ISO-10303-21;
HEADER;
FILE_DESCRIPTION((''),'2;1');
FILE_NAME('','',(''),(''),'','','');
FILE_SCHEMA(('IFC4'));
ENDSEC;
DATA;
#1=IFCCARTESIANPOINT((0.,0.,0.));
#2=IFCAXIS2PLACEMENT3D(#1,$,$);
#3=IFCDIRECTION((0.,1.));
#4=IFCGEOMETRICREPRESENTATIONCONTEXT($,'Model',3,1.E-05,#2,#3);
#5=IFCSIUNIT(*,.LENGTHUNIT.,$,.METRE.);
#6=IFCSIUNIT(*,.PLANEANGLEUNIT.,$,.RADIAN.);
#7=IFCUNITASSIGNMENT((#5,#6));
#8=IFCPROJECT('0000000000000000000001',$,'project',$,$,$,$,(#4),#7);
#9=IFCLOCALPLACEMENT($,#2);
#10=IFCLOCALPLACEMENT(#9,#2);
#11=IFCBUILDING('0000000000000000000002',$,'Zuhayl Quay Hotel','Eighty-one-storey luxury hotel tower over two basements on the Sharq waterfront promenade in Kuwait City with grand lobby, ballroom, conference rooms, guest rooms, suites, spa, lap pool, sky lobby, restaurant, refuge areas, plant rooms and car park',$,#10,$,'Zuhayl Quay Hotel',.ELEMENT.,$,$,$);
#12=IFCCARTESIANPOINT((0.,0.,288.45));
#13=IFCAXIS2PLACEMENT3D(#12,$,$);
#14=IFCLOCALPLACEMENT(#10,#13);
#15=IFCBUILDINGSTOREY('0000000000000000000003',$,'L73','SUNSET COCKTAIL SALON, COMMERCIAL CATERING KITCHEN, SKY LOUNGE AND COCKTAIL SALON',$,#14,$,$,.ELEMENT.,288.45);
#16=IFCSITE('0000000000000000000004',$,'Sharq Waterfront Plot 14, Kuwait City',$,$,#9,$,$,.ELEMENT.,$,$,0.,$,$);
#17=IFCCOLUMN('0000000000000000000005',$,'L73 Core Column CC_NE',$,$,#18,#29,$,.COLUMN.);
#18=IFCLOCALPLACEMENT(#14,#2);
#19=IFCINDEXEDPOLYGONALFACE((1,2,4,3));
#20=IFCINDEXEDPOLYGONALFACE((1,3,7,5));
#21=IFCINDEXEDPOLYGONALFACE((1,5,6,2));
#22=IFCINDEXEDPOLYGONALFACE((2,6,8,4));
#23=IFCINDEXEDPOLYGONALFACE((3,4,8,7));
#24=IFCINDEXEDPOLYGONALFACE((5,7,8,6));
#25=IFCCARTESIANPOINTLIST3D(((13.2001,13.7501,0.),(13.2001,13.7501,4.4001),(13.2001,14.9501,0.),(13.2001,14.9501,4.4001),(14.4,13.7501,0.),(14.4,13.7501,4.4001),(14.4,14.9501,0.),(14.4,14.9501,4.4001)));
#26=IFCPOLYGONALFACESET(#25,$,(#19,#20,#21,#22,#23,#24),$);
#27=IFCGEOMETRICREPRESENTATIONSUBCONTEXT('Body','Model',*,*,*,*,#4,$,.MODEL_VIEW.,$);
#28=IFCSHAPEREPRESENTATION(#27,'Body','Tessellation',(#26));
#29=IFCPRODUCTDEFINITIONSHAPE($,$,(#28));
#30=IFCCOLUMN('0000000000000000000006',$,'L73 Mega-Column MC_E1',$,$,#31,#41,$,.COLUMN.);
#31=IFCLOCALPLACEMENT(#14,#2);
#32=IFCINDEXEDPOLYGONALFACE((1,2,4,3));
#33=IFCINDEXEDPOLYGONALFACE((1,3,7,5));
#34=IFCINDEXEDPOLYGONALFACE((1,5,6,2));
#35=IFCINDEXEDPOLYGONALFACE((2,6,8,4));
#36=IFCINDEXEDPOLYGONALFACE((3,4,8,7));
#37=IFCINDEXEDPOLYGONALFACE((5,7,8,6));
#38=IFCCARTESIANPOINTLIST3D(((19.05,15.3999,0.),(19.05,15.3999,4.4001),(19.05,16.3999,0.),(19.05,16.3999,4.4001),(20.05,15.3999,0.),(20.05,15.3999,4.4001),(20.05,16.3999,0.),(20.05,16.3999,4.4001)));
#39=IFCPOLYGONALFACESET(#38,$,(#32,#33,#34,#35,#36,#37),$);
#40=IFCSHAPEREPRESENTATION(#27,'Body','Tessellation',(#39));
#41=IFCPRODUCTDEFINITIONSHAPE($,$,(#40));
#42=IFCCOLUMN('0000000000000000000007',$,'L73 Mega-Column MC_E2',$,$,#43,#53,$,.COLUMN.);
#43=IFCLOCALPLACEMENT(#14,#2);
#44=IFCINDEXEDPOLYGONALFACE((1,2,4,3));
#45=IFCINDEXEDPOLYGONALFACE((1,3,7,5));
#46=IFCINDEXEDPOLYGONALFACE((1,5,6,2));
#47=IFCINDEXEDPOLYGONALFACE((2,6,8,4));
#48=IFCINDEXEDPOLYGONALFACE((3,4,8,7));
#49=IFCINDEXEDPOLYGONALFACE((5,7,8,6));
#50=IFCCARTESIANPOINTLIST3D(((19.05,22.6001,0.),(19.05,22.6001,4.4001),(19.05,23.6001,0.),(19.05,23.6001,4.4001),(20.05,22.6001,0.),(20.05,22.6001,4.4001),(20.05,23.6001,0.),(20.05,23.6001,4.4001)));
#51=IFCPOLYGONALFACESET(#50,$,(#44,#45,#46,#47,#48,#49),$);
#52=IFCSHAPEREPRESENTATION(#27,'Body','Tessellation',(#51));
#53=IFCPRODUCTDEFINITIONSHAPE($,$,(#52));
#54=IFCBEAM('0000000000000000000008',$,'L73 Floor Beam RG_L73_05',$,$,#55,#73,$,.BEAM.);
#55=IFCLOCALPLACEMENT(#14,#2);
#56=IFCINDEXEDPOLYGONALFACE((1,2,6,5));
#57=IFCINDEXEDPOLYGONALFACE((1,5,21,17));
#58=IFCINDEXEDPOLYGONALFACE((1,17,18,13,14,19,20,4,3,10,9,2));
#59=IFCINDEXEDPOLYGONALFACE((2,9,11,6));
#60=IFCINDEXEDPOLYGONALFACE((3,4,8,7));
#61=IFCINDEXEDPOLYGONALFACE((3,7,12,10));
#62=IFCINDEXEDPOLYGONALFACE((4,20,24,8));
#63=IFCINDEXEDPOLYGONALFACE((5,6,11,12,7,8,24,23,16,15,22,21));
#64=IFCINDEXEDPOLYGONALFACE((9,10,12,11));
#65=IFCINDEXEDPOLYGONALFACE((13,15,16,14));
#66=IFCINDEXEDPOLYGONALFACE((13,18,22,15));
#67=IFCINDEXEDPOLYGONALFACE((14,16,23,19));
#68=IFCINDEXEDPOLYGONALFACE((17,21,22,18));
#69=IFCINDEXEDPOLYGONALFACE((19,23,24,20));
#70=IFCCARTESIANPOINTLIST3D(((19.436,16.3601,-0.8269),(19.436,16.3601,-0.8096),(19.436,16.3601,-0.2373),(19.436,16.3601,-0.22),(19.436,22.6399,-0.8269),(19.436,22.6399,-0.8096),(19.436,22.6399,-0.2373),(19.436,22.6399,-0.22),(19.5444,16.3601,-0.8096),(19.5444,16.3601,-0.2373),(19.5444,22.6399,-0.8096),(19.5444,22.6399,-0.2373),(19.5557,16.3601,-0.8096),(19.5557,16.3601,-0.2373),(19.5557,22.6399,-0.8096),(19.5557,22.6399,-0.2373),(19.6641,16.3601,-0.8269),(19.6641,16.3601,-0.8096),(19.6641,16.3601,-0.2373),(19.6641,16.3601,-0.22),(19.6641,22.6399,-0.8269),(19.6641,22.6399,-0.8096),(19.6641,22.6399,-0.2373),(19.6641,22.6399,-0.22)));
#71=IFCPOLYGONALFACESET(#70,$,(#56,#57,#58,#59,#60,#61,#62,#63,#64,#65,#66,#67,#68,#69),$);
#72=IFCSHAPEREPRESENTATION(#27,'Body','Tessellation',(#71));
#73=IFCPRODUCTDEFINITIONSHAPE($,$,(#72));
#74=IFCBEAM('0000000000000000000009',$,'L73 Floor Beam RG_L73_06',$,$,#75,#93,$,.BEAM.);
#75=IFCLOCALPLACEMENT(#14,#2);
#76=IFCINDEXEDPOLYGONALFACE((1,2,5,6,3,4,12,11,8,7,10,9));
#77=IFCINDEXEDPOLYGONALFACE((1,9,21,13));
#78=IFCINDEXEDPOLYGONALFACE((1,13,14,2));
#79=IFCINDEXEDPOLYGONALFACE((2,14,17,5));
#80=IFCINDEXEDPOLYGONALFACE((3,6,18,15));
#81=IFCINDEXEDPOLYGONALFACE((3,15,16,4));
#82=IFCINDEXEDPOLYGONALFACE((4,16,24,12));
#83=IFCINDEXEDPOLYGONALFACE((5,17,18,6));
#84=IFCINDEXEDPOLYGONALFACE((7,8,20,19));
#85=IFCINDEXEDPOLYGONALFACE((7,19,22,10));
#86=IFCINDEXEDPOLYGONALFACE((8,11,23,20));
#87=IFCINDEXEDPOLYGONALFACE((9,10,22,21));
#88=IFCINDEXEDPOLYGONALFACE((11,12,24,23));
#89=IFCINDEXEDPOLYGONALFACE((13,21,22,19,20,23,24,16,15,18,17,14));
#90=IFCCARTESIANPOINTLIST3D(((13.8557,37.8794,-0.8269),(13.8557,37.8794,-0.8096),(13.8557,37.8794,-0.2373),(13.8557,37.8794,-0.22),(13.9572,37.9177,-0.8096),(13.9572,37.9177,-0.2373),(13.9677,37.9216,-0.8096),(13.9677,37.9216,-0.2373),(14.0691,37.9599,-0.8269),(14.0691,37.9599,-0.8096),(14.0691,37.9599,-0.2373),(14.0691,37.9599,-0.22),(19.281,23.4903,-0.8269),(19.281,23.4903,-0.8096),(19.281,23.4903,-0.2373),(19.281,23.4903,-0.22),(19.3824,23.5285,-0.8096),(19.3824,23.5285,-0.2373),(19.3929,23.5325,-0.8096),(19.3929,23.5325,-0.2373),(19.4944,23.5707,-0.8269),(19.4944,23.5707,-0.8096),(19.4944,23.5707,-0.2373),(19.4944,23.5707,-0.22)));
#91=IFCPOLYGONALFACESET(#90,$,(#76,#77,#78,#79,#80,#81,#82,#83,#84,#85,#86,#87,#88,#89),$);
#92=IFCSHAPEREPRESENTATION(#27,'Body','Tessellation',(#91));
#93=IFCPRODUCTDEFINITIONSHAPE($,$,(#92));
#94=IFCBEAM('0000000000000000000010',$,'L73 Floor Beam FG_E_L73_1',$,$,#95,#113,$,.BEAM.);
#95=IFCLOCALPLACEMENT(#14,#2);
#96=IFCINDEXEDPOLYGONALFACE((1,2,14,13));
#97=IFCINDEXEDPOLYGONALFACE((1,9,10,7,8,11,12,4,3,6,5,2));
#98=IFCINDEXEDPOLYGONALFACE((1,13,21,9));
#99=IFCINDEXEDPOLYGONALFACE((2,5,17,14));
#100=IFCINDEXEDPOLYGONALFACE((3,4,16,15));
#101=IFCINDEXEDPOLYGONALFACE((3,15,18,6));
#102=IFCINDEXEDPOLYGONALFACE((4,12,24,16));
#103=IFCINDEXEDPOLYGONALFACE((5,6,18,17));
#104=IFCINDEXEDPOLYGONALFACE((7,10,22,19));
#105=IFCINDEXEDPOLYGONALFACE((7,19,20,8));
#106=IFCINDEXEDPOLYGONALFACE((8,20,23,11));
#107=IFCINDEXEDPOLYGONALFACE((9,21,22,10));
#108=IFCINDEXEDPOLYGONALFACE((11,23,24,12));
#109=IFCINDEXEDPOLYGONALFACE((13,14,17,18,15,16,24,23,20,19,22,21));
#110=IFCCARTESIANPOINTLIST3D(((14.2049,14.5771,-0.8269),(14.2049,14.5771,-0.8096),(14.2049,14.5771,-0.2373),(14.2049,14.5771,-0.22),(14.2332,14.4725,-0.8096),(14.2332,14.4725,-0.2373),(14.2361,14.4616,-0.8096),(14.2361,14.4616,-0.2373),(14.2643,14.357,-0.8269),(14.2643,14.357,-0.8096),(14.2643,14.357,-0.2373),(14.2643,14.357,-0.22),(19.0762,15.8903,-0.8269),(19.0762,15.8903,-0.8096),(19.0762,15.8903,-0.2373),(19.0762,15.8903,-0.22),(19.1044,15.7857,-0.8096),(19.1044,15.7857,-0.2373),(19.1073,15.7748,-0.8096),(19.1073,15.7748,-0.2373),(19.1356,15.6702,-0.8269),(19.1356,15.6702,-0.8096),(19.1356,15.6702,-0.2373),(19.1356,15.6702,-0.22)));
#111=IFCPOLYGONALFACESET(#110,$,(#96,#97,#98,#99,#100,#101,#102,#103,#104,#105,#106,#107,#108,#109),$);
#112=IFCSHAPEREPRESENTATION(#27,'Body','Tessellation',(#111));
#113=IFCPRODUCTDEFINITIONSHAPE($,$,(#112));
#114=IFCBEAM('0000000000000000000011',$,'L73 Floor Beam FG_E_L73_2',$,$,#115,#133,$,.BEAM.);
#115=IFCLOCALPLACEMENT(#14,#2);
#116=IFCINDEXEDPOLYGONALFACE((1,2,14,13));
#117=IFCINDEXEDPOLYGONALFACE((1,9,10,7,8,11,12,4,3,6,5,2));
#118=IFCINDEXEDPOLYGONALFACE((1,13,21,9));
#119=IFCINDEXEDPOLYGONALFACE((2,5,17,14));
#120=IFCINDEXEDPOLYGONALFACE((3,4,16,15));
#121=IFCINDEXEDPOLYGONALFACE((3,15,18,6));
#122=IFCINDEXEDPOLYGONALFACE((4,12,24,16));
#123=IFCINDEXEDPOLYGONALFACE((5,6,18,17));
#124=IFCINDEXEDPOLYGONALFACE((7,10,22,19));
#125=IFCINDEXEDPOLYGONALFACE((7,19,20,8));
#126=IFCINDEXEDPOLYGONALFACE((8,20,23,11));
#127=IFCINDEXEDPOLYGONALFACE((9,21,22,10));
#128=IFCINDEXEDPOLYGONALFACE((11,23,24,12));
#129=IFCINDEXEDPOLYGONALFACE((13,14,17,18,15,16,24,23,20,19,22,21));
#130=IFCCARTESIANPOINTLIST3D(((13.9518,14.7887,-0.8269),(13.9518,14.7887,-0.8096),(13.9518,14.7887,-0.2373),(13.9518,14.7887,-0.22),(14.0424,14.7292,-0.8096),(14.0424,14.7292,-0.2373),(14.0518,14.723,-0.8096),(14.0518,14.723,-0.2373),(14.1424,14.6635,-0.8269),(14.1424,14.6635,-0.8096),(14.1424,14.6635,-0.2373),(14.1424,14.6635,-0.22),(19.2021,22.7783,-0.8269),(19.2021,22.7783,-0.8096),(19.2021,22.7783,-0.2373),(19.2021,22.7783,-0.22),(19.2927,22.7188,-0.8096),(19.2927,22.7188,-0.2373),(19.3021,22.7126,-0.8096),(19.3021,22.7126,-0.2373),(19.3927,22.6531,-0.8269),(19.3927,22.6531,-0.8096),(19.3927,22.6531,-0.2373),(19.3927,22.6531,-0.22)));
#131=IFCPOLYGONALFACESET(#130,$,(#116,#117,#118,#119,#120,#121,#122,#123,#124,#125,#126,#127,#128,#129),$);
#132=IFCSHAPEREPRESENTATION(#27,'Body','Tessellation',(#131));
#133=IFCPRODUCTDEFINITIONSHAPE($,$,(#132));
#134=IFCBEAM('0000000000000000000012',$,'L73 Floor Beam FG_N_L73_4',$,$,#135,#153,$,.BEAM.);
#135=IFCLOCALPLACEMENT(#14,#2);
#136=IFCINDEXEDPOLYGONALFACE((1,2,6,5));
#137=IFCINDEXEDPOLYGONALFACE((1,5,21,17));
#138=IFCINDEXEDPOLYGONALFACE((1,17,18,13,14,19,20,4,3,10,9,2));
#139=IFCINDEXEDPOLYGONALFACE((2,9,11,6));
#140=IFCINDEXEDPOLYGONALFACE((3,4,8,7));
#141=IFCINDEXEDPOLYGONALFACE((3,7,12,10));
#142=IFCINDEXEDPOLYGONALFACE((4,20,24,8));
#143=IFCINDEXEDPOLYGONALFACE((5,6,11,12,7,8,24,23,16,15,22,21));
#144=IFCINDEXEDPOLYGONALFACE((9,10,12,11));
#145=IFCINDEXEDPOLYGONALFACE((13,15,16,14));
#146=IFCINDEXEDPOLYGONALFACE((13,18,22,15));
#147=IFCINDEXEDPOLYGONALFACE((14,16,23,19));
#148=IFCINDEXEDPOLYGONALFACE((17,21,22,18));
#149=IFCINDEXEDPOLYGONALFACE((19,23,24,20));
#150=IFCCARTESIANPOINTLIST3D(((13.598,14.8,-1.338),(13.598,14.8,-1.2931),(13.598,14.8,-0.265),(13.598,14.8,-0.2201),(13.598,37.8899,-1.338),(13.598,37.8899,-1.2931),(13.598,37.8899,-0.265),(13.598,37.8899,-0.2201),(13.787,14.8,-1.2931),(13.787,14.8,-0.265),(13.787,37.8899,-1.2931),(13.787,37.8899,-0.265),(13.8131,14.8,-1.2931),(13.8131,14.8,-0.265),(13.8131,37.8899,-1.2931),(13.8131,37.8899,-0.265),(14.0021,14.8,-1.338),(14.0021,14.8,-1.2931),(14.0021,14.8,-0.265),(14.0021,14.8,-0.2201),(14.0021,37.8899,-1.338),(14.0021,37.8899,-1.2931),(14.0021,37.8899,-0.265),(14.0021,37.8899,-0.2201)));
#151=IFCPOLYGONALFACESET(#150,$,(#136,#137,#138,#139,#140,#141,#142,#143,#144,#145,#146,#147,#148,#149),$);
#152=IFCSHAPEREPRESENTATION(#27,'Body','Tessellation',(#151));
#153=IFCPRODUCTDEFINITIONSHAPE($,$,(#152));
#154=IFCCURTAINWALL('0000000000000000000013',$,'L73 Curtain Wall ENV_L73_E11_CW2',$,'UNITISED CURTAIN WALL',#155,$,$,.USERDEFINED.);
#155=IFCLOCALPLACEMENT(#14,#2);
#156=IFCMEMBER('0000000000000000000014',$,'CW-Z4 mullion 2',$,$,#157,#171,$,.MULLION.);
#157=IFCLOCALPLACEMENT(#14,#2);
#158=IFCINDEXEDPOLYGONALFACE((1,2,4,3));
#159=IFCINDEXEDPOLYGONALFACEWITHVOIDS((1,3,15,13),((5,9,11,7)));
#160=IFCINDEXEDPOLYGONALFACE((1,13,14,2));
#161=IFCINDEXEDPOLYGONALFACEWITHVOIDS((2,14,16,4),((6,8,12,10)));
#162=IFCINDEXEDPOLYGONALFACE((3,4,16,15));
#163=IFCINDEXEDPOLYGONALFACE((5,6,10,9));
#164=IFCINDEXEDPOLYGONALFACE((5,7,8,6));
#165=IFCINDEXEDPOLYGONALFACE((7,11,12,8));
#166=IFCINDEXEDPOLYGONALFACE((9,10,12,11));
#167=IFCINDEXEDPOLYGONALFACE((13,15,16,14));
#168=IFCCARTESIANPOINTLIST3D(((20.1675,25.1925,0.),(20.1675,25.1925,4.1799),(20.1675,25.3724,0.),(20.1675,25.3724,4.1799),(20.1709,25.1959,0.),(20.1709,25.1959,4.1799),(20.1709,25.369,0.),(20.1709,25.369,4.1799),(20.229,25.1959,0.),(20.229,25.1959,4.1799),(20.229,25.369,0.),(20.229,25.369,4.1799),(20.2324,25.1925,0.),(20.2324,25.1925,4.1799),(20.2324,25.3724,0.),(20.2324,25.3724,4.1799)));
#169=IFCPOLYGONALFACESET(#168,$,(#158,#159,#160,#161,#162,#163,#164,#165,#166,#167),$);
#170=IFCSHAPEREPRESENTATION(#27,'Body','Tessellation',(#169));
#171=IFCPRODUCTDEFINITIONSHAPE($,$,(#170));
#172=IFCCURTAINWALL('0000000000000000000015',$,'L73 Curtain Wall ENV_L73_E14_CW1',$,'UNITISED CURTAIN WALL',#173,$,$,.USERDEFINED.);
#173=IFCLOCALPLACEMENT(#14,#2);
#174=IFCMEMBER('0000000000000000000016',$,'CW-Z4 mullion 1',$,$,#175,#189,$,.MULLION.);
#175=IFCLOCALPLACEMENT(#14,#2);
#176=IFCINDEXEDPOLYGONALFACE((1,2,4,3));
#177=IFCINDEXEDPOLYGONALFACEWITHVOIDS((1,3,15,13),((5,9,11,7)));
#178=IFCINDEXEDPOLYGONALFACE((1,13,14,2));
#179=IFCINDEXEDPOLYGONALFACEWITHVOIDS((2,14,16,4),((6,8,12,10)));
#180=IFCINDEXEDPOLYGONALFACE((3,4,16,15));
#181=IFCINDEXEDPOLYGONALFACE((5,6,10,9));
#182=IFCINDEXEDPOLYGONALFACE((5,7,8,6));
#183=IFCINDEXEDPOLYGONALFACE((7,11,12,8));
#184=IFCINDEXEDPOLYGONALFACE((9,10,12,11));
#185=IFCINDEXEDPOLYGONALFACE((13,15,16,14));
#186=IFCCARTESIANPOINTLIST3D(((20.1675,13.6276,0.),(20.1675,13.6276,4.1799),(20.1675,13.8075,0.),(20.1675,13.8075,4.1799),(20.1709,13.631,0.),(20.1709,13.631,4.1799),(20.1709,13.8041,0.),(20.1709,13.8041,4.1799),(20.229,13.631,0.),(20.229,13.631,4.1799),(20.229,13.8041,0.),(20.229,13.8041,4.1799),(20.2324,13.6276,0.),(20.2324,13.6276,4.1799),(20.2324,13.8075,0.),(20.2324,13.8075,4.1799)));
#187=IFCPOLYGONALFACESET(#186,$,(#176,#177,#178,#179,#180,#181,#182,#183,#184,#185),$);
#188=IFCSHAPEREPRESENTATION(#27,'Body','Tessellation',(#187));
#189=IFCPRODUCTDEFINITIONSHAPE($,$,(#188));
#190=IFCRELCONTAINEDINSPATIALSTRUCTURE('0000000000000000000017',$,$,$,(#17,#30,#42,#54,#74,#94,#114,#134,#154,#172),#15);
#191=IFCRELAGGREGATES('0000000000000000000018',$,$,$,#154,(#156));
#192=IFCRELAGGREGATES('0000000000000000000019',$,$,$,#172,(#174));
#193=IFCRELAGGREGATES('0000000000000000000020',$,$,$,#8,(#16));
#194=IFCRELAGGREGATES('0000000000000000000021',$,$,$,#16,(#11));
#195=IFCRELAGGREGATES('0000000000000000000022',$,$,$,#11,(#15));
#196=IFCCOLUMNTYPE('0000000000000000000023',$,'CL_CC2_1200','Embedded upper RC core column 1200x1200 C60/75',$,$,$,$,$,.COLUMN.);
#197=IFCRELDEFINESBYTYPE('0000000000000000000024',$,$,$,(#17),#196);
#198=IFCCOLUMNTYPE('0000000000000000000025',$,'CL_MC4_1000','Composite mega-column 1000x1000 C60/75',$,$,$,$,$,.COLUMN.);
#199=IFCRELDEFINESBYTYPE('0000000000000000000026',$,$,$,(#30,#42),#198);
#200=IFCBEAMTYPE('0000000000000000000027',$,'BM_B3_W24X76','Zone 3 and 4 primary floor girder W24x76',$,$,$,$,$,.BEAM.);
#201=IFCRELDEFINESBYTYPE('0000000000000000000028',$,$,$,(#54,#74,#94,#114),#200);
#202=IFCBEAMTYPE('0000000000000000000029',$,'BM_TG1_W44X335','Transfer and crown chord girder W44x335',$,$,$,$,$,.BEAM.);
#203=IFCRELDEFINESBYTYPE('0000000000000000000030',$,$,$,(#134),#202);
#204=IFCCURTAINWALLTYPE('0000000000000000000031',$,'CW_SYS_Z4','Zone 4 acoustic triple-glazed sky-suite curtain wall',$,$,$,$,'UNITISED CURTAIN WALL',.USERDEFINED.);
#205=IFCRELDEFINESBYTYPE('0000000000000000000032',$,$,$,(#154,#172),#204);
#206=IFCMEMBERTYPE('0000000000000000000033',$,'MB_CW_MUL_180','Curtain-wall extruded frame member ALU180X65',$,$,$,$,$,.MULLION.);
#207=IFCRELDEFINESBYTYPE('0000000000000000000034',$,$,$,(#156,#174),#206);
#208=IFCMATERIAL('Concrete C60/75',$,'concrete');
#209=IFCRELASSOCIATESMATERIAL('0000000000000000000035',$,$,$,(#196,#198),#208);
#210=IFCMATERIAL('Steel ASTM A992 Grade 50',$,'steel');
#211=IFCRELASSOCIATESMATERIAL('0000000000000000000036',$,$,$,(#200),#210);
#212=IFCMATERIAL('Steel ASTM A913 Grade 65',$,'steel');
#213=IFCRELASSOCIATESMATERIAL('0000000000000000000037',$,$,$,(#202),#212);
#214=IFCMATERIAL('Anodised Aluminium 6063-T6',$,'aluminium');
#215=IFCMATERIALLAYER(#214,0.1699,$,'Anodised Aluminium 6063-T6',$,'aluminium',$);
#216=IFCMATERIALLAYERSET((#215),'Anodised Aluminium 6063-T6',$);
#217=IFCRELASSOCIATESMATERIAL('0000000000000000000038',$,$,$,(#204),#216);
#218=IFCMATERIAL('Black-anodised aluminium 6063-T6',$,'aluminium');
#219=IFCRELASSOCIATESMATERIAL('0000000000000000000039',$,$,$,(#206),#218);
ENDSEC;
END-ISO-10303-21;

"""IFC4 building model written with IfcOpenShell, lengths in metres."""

from ifc_helpers import new_model, si_unit, direction, frame, origin, origin_2d, place, context, subcontext, project, spatial, rectangle, hollow_rectangle, i_section, extrude, material, layer, layer_set, material_profile, profile_set, type_object, element, aggregate, save


model = new_model("IFC4")

# Units and contexts
model_context = context("Model", 3, precision=1e-05, world=origin(), true_north=direction((0.0, 1.0)))
body_context = subcontext(model_context, "Body", "Model", "MODEL_VIEW")
ifc_project = project(units=[si_unit("LENGTHUNIT", "METRE"), si_unit("PLANEANGLEUNIT", "RADIAN")], contexts=[model_context])

# Site, building, storey
site_placement = place(None, origin())
site = spatial("IfcSite", under=ifc_project, at=site_placement, Name="Sharq Waterfront Plot 14, Kuwait City", CompositionType="ELEMENT", RefElevation=0.0)
building_placement = place(site_placement, origin())
building = spatial("IfcBuilding", under=site, at=building_placement, Name="Zuhayl Quay Hotel", Description="Eighty-one-storey luxury hotel tower over two basements on the Sharq waterfront promenade in Kuwait City with grand lobby, ballroom, conference rooms, guest rooms, suites, spa, lap pool, sky lobby, restaurant, refuge areas, plant rooms and car park", LongName="Zuhayl Quay Hotel", CompositionType="ELEMENT")
storey_placement = place(building_placement, frame((0.0, 0.0, 288.45)))
storey = spatial("IfcBuildingStorey", under=building, at=storey_placement, Name="L73", Description="SUNSET COCKTAIL SALON, COMMERCIAL CATERING KITCHEN, SKY LOUNGE AND COCKTAIL SALON", CompositionType="ELEMENT", Elevation=288.45)

# Columns
ifc_material_1 = material(Name="Concrete C60/75", Category="concrete")
ifc_material_profile_1 = material_profile(ifc_material_1, rectangle(XDim=1.2, YDim=1.2, at=origin_2d()), Name="RC1200X1200")
ifc_profile_set_1 = profile_set([ifc_material_profile_1], Name="Concrete C60/75")
column_type_1 = type_object("IfcColumnType", Name="CL_CC2_1200", Description="Embedded upper RC core column 1200x1200 C60/75", PredefinedType="COLUMN", material=ifc_profile_set_1)
column_placement = place(storey_placement, frame((13.8, 14.3501, 0.0), z_axis=(0.0, 0.0, 1.0), x_axis=(1.0, 0.0, 0.0)))
element("IfcColumn", 1, at=column_placement, inside=storey, type_object=column_type_1, Name="L73 Core Column CC_NE", PredefinedType="COLUMN", context=body_context, shape_type="SweptSolid", body=[
    extrude(rectangle(XDim=1.2, YDim=1.2, at=origin_2d()), origin(), (0.0, 0.0, 1.0), 4.4001),
])
ifc_material_profile_2 = material_profile(ifc_material_1, rectangle(XDim=1.0, YDim=1.0, at=origin_2d()), Name="RC1000X1000")
ifc_profile_set_2 = profile_set([ifc_material_profile_2], Name="Concrete C60/75")
column_type_2 = type_object("IfcColumnType", Name="CL_MC4_1000", Description="Composite mega-column 1000x1000 C60/75", PredefinedType="COLUMN", material=ifc_profile_set_2)
for number, where, z_axis, x_axis, name in (
    (2, (19.55, 15.8999, 0.0), (0.0, 0.0, 1.0), (1.0, 0.0, 0.0), "L73 Mega-Column MC_E1"),
    (3, (19.55, 23.1001, 0.0), (0.0, 0.0, 1.0), (1.0, 0.0, 0.0), "L73 Mega-Column MC_E2"),
):
    element("IfcColumn", number, at=place(storey_placement, frame(where, z_axis=z_axis, x_axis=x_axis)), inside=storey, type_object=column_type_2, Name=name, PredefinedType="COLUMN", context=body_context, shape_type="SweptSolid", body=[
        extrude(rectangle(XDim=1.0, YDim=1.0, at=origin_2d()), origin(), (0.0, 0.0, 1.0), 4.4001),
    ])

# Beams
ifc_material_2 = material(Name="Steel ASTM A992 Grade 50", Category="steel")
ifc_material_profile_3 = material_profile(ifc_material_2, i_section(OverallWidth=0.228, OverallDepth=0.6069, WebThickness=0.0112, FlangeThickness=0.0173, at=origin_2d()), Name="W24X76")
ifc_profile_set_3 = profile_set([ifc_material_profile_3], Name="Steel ASTM A992 Grade 50")
beam_type_1 = type_object("IfcBeamType", Name="BM_B3_W24X76", Description="Zone 3 and 4 primary floor girder W24x76", PredefinedType="BEAM", material=ifc_profile_set_3)
beam_1_placement = place(storey_placement, frame((19.55, 16.3601, -0.5234), z_axis=(0.0, 1.0, 0.0), x_axis=(-1.0, 0.0, 0.0)))
element("IfcBeam", 4, at=beam_1_placement, inside=storey, type_object=beam_type_1, Name="L73 Floor Beam RG_L73_05", PredefinedType="BEAM", context=body_context, shape_type="SweptSolid", body=[
    extrude(i_section(OverallWidth=0.228, OverallDepth=0.6069, WebThickness=0.0112, FlangeThickness=0.0173, at=origin_2d()), origin(), (0.0, 0.0, 1.0), 6.2798),
])
beam_2_placement = place(storey_placement, frame((19.3877, 23.5305, -0.5234), z_axis=(-0.352797, 0.9357, 0.0), x_axis=(-0.9357, -0.352797, 0.0)))
element("IfcBeam", 5, at=beam_2_placement, inside=storey, type_object=beam_type_1, Name="L73 Floor Beam RG_L73_06", PredefinedType="BEAM", context=body_context, shape_type="SweptSolid", body=[
    extrude(i_section(OverallWidth=0.228, OverallDepth=0.6069, WebThickness=0.0112, FlangeThickness=0.0173, at=origin_2d()), origin(), (0.0, 0.0, 1.0), 15.3779),
])
beam_3_placement = place(storey_placement, frame((14.2346, 14.467, -0.5234), z_axis=(0.96553, 0.260291, 0.0), x_axis=(-0.260291, 0.96553, 0.0)))
element("IfcBeam", 6, at=beam_3_placement, inside=storey, type_object=beam_type_1, Name="L73 Floor Beam FG_E_L73_1", PredefinedType="BEAM", context=body_context, shape_type="SweptSolid", body=[
    extrude(i_section(OverallWidth=0.228, OverallDepth=0.6069, WebThickness=0.0112, FlangeThickness=0.0173, at=origin_2d()), origin(), (0.0, 0.0, 1.0), 5.0452),
])
beam_4_placement = place(storey_placement, frame((14.0471, 14.7261, -0.5234), z_axis=(0.549178, 0.835705, 0.0), x_axis=(-0.835705, 0.549178, 0.0)))
element("IfcBeam", 7, at=beam_4_placement, inside=storey, type_object=beam_type_1, Name="L73 Floor Beam FG_E_L73_2", PredefinedType="BEAM", context=body_context, shape_type="SweptSolid", body=[
    extrude(i_section(OverallWidth=0.228, OverallDepth=0.6069, WebThickness=0.0112, FlangeThickness=0.0173, at=origin_2d()), origin(), (0.0, 0.0, 1.0), 9.5603),
])
ifc_material_3 = material(Name="Steel ASTM A913 Grade 65", Category="steel")
ifc_material_profile_4 = material_profile(ifc_material_3, i_section(OverallWidth=0.4041, OverallDepth=1.1179, WebThickness=0.0261, FlangeThickness=0.0449, at=origin_2d()), Name="W44X335")
ifc_profile_set_4 = profile_set([ifc_material_profile_4], Name="Steel ASTM A913 Grade 65")
beam_type_2 = type_object("IfcBeamType", Name="BM_TG1_W44X335", Description="Transfer and crown chord girder W44x335", PredefinedType="BEAM", material=ifc_profile_set_4)
beam_5_placement = place(storey_placement, frame((13.8, 14.8, -0.7791), z_axis=(0.0, 1.0, 0.0), x_axis=(-1.0, 0.0, 0.0)))
element("IfcBeam", 8, at=beam_5_placement, inside=storey, type_object=beam_type_2, Name="L73 Floor Beam FG_N_L73_4", PredefinedType="BEAM", context=body_context, shape_type="SweptSolid", body=[
    extrude(i_section(OverallWidth=0.4041, OverallDepth=1.1179, WebThickness=0.0261, FlangeThickness=0.0449, at=origin_2d()), origin(), (0.0, 0.0, 1.0), 23.0898),
])

# Curtain wall, member
ifc_material_4 = material(Name="Anodised Aluminium 6063-T6", Category="aluminium")
ifc_layer_1 = layer(ifc_material_4, 0.1699, Name="Anodised Aluminium 6063-T6", Category="aluminium")
ifc_layer_set_1 = layer_set([ifc_layer_1], Name="Anodised Aluminium 6063-T6")
curtain_wall_type = type_object("IfcCurtainWallType", Name="CW_SYS_Z4", Description="Zone 4 acoustic triple-glazed sky-suite curtain wall", ElementType="UNITISED CURTAIN WALL", PredefinedType="USERDEFINED", material=ifc_layer_set_1)
curtain_wall_1_placement = place(storey_placement, origin())
curtain_wall_1 = element("IfcCurtainWall", 9, at=curtain_wall_1_placement, inside=storey, type_object=curtain_wall_type, Name="L73 Curtain Wall ENV_L73_E11_CW2", ObjectType="UNITISED CURTAIN WALL", PredefinedType="USERDEFINED")
ifc_material_5 = material(Name="Black-anodised aluminium 6063-T6", Category="aluminium")
ifc_material_profile_5 = material_profile(ifc_material_5, hollow_rectangle(XDim=0.0649, YDim=0.1799, WallThickness=0.0034, at=origin_2d()), Name="ALU180X65")
ifc_profile_set_5 = profile_set([ifc_material_profile_5], Name="Black-anodised aluminium 6063-T6")
member_type_1 = type_object("IfcMemberType", Name="MB_CW_MUL_180", Description="Curtain-wall extruded frame member ALU180X65", PredefinedType="MULLION", material=ifc_profile_set_5)
member_1_placement = place(storey_placement, frame((20.2, 25.2825, 0.0), z_axis=(0.0, 0.0, 1.0), x_axis=(1.0, 0.0, 0.0)))
member_1 = element("IfcMember", 10, at=member_1_placement, type_object=member_type_1, Name="CW-Z4 mullion 2", PredefinedType="MULLION", context=body_context, shape_type="SweptSolid", body=[
    extrude(hollow_rectangle(XDim=0.0649, YDim=0.1799, WallThickness=0.0034, at=origin_2d()), origin(), (0.0, 0.0, 1.0), 4.1799),
])
aggregate(curtain_wall_1, [member_1])

# Curtain wall, member
curtain_wall_2_placement = place(storey_placement, origin())
curtain_wall_2 = element("IfcCurtainWall", 11, at=curtain_wall_2_placement, inside=storey, type_object=curtain_wall_type, Name="L73 Curtain Wall ENV_L73_E14_CW1", ObjectType="UNITISED CURTAIN WALL", PredefinedType="USERDEFINED")
member_2_placement = place(storey_placement, frame((20.2, 13.7175, 0.0), z_axis=(0.0, 0.0, 1.0), x_axis=(1.0, 0.0, 0.0)))
member_2 = element("IfcMember", 12, at=member_2_placement, type_object=member_type_1, Name="CW-Z4 mullion 1", PredefinedType="MULLION", context=body_context, shape_type="SweptSolid", body=[
    extrude(hollow_rectangle(XDim=0.0649, YDim=0.1799, WallThickness=0.0034, at=origin_2d()), origin(), (0.0, 0.0, 1.0), 4.1799),
])
aggregate(curtain_wall_2, [member_2])

save(model, "model.ifc")
